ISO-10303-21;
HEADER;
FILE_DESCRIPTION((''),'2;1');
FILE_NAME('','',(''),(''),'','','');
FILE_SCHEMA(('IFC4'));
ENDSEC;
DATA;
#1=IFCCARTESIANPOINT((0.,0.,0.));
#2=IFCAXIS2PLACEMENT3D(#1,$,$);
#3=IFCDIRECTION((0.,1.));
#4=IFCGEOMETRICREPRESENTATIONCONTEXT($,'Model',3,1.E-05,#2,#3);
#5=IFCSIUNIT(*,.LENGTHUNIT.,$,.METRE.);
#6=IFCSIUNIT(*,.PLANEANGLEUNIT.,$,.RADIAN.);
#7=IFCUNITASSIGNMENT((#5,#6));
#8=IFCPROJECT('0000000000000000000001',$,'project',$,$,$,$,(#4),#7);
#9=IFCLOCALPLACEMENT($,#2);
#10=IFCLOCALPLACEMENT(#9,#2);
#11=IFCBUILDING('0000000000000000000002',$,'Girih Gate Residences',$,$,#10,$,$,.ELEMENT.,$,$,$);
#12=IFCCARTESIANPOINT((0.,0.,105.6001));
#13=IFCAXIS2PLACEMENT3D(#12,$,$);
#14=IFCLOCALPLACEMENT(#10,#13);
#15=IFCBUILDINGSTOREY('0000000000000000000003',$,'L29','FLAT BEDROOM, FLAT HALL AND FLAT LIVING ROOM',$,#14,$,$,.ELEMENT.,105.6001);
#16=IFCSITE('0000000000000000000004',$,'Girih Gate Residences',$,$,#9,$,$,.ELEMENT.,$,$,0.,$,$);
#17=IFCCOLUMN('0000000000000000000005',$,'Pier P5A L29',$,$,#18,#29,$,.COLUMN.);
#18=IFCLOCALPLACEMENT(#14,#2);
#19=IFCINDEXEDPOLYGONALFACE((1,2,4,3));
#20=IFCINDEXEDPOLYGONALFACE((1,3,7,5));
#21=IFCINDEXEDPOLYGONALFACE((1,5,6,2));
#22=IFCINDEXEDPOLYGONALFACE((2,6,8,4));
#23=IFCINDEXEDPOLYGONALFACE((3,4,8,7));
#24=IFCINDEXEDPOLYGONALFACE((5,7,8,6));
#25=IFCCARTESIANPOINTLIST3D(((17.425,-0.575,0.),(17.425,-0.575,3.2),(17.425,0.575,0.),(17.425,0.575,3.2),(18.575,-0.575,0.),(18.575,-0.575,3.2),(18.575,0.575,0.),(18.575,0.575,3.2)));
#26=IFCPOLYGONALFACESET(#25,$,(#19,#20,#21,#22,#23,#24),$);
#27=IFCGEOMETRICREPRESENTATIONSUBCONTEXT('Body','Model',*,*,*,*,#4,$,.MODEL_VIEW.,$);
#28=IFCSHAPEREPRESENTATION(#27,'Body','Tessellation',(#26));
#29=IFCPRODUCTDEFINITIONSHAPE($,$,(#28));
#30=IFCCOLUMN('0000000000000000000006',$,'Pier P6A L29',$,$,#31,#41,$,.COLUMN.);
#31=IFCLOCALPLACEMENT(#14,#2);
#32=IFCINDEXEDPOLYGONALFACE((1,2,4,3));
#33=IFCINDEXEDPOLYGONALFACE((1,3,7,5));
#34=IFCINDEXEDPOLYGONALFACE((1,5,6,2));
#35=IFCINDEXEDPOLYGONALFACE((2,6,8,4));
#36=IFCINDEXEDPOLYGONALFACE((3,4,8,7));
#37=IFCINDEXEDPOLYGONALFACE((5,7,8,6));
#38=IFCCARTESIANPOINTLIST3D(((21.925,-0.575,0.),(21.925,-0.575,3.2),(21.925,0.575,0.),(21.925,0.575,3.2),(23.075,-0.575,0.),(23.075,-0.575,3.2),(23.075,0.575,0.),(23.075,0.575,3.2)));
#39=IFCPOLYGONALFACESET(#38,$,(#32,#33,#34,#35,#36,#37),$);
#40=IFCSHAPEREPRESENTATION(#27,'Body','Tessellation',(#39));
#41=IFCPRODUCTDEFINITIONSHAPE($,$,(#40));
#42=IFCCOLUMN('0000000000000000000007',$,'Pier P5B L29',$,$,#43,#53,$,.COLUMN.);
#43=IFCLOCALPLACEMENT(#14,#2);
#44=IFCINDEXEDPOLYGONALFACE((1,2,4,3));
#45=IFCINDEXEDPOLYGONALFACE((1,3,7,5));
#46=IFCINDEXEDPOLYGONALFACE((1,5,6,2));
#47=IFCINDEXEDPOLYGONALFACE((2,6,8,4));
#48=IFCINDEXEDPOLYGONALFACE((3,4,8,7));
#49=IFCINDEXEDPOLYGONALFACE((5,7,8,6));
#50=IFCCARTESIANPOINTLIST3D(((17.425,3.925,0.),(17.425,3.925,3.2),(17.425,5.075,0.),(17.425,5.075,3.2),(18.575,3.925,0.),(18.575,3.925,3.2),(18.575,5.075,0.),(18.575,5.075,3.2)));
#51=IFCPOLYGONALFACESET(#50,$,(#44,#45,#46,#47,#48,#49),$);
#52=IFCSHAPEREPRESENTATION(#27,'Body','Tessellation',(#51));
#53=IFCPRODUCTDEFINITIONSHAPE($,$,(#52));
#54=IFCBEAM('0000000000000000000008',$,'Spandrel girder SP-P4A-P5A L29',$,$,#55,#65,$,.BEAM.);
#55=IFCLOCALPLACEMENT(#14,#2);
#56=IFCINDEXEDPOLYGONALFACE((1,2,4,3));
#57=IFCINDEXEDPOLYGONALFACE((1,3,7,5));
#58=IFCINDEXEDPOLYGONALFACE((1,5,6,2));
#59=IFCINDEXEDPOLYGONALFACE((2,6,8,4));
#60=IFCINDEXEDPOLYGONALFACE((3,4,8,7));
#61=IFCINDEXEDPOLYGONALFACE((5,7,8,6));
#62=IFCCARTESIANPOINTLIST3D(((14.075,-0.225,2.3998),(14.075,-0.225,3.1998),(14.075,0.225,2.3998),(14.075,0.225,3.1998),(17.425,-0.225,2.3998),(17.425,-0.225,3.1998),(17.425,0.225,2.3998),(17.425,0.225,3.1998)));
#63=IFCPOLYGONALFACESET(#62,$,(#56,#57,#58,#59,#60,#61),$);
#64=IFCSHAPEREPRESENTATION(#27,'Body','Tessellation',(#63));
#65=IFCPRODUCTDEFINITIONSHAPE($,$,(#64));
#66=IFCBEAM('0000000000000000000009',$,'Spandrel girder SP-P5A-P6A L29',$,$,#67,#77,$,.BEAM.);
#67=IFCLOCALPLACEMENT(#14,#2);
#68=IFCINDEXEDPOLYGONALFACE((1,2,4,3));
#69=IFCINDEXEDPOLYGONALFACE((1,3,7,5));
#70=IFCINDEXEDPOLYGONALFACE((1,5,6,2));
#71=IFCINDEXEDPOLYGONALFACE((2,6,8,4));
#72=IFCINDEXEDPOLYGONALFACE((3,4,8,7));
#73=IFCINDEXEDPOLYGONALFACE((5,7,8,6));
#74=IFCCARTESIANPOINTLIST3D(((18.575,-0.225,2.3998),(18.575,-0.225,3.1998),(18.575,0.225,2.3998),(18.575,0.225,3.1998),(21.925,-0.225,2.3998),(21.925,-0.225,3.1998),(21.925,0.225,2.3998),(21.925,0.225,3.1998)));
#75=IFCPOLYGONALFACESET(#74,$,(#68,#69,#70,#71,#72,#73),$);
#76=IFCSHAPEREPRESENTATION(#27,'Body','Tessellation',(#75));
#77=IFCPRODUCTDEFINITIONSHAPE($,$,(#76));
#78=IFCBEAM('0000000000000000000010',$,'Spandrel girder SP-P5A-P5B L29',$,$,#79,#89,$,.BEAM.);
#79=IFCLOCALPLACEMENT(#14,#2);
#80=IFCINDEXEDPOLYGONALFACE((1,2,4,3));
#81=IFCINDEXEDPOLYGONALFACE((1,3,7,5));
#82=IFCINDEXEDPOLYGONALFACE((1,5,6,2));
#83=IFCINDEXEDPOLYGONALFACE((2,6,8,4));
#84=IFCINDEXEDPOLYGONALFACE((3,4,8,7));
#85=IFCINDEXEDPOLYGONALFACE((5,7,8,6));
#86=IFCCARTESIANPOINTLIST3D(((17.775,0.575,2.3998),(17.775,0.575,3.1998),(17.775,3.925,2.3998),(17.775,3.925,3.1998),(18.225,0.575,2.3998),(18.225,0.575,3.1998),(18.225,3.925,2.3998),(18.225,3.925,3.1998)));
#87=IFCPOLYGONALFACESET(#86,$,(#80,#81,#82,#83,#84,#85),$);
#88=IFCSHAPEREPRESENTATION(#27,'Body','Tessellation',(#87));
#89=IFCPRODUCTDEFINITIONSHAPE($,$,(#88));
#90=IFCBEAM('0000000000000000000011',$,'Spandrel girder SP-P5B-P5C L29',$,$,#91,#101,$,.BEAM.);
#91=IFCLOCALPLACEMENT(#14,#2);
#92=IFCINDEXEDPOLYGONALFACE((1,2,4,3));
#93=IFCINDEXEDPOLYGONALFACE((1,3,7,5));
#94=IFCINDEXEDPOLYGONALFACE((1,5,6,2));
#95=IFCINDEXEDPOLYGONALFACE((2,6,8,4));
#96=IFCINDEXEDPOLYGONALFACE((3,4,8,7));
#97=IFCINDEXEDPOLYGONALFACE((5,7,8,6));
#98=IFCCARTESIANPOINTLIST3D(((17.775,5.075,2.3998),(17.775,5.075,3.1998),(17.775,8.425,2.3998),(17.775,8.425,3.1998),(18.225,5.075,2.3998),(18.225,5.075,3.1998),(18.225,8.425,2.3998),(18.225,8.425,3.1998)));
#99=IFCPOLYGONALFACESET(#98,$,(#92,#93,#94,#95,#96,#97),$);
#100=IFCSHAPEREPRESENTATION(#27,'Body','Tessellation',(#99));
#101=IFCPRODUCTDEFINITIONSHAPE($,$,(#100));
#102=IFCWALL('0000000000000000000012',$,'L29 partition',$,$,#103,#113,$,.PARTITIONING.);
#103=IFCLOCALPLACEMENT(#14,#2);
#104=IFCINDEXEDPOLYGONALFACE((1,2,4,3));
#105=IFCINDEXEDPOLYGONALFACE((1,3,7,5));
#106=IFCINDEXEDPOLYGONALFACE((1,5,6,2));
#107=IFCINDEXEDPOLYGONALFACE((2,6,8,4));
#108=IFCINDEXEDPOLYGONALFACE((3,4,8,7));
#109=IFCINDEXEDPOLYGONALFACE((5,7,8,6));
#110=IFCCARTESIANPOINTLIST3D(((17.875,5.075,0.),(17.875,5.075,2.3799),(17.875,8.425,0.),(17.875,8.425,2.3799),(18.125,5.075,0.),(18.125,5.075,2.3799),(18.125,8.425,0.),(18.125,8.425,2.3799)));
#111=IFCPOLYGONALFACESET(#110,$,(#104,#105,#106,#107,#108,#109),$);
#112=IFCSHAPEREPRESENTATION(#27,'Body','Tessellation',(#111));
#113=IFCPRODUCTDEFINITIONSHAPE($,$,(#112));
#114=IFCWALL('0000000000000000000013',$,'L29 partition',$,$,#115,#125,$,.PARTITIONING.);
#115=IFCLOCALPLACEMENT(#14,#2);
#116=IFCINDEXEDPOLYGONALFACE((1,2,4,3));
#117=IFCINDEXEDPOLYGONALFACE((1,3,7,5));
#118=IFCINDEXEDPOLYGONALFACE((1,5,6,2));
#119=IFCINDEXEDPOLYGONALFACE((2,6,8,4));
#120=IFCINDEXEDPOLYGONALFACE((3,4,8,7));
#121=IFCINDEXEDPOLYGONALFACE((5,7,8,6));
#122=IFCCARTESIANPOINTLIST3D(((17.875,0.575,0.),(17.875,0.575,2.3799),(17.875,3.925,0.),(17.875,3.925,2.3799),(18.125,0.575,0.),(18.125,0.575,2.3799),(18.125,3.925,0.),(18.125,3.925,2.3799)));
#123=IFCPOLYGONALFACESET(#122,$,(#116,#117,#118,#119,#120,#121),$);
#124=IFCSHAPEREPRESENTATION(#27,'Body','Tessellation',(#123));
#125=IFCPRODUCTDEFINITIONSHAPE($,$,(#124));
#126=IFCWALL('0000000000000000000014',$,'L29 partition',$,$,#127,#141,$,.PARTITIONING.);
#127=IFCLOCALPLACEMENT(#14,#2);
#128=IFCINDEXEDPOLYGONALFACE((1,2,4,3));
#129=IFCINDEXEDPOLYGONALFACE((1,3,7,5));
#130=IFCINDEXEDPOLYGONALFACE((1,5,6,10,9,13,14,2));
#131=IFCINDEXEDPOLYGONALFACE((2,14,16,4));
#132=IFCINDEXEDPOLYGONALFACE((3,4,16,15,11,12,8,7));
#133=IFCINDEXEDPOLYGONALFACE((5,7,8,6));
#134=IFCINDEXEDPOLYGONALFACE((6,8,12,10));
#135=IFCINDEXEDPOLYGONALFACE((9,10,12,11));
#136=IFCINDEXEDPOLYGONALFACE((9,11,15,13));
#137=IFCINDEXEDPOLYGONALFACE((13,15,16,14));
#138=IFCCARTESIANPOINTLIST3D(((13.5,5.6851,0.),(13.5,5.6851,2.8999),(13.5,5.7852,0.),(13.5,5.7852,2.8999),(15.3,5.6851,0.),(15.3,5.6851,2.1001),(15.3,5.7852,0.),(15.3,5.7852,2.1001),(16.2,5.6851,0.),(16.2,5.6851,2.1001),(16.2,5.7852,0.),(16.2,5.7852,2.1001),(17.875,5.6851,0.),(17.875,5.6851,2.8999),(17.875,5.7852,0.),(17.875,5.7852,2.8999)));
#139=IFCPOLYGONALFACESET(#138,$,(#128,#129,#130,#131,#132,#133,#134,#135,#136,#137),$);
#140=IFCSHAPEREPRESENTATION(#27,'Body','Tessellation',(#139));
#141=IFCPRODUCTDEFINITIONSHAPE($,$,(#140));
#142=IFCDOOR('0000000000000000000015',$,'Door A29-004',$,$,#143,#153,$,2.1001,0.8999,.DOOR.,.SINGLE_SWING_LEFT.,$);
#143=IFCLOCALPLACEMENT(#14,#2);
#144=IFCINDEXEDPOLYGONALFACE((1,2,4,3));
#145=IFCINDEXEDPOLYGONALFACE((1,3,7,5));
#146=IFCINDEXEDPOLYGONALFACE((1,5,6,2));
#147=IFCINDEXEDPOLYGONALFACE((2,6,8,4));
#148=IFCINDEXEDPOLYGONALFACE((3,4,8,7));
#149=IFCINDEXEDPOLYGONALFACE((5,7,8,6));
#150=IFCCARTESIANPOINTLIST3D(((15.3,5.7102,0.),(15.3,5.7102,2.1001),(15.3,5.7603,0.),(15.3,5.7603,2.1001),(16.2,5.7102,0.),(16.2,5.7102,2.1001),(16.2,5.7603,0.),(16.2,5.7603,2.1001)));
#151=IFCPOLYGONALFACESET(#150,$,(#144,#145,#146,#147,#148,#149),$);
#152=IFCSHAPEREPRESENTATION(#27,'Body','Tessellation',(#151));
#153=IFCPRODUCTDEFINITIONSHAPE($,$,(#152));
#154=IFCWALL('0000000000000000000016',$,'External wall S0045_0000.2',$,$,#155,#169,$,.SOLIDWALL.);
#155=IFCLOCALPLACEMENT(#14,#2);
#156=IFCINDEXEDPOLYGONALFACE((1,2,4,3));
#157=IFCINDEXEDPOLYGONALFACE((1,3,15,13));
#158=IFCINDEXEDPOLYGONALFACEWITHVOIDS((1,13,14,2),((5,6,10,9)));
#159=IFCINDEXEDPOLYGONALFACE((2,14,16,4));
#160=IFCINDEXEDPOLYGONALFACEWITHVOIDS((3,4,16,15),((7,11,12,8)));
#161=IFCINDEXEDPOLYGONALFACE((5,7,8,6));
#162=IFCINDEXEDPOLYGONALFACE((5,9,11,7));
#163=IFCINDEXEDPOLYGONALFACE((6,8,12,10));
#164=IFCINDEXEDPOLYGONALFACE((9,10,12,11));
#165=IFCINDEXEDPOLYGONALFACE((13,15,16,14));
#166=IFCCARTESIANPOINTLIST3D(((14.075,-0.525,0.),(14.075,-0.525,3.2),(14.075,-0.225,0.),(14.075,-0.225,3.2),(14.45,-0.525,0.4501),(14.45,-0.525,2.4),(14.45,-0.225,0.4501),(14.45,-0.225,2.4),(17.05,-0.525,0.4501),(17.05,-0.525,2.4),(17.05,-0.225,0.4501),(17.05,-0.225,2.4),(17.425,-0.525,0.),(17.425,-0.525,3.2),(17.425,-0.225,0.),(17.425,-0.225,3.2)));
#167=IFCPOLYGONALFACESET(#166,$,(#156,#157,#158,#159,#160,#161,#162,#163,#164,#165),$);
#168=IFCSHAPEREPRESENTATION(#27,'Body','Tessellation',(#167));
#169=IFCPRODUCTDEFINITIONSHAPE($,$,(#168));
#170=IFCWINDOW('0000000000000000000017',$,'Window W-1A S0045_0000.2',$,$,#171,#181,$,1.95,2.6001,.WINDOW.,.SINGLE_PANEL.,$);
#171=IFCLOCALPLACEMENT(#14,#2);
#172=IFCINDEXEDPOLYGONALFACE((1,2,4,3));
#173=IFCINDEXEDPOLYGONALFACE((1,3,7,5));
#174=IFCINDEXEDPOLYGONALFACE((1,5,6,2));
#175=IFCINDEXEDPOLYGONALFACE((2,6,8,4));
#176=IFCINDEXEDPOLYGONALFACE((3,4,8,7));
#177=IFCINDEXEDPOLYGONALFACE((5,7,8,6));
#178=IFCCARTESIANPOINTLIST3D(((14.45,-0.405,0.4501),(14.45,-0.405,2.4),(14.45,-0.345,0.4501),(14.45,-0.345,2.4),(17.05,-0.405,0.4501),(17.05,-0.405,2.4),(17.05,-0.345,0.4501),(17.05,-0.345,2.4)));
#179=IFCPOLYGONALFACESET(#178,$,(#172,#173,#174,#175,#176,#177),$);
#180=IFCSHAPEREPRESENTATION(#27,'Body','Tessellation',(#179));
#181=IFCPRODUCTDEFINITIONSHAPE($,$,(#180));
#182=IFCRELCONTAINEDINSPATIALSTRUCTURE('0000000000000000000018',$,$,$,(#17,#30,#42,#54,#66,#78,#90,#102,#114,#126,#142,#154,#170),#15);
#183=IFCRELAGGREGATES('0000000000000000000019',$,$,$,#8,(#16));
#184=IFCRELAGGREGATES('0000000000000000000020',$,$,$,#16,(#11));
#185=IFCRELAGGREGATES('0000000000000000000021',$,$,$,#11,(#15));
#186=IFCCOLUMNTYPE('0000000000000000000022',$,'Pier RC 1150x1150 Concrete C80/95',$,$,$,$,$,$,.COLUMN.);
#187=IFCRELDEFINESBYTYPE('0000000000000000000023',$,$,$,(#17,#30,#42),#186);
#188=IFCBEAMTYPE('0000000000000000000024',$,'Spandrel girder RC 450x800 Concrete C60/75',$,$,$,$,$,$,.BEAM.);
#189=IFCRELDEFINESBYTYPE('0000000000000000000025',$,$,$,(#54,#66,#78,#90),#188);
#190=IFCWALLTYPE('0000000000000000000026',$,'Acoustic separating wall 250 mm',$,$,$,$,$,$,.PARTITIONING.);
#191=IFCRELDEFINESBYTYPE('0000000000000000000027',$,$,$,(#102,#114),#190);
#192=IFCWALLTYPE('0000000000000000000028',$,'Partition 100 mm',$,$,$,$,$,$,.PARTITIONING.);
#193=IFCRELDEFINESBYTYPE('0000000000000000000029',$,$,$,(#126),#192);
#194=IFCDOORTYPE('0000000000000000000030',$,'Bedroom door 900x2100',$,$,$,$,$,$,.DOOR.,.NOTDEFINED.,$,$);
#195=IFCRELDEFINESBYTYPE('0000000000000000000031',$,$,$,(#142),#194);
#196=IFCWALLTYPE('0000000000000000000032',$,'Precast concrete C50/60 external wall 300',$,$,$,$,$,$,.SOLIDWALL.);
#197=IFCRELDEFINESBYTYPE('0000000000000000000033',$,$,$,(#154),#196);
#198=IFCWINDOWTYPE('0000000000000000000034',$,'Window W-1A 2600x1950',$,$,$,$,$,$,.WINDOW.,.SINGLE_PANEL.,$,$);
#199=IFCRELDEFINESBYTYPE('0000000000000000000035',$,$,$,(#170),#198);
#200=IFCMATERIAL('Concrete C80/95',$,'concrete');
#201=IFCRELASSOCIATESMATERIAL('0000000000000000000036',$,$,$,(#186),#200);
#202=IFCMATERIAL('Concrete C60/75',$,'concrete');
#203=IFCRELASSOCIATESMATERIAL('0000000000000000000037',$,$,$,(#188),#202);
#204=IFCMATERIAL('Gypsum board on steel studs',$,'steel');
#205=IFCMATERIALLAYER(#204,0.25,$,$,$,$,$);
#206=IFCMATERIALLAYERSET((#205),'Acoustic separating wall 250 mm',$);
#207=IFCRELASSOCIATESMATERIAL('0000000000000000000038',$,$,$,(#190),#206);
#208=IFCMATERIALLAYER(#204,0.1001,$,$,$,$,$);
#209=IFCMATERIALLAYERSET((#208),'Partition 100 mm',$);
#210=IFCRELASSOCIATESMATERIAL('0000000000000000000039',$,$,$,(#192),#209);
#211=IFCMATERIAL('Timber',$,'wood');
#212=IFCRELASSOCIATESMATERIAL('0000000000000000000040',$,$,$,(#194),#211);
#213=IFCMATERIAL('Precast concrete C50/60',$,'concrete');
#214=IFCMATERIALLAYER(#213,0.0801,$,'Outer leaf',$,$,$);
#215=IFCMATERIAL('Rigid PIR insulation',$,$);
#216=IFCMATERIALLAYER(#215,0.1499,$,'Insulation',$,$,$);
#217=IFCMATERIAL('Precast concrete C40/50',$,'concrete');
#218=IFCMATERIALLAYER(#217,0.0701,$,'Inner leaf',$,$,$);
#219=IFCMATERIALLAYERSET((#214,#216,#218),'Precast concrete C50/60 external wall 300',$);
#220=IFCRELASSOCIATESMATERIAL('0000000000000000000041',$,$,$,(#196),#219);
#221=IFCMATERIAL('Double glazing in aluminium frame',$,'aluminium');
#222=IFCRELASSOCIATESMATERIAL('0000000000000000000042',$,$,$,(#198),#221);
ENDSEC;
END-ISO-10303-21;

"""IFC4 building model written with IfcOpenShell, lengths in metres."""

from ifc_helpers import new_model, si_unit, direction, frame, frame_2d, origin, origin_2d, place, context, subcontext, project, spatial, rectangle, extrude, material, layer, layer_set, material_profile, profile_set, type_object, element, fill, save


model = new_model("IFC4")

# Units and contexts
model_context = context("Model", 3, precision=1e-05, world=origin(), true_north=direction((0.0, 1.0)))
body_context = subcontext(model_context, "Body", "Model", "MODEL_VIEW")
ifc_project = project(units=[si_unit("LENGTHUNIT", "METRE"), si_unit("PLANEANGLEUNIT", "RADIAN")], contexts=[model_context])

# Site, building, storey
site_placement = place(None, origin())
site = spatial("IfcSite", under=ifc_project, at=site_placement, Name="Girih Gate Residences", CompositionType="ELEMENT", RefElevation=0.0)
building_placement = place(site_placement, origin())
building = spatial("IfcBuilding", under=site, at=building_placement, Name="Girih Gate Residences", CompositionType="ELEMENT")
storey_placement = place(building_placement, frame((0.0, 0.0, 105.6001)))
storey = spatial("IfcBuildingStorey", under=building, at=storey_placement, Name="L29", Description="FLAT BEDROOM, FLAT HALL AND FLAT LIVING ROOM", CompositionType="ELEMENT", Elevation=105.6001)

# Columns
ifc_material_1 = material(Name="Concrete C80/95", Category="concrete")
ifc_material_profile_1 = material_profile(ifc_material_1, rectangle(XDim=1.1499, YDim=1.1499, at=origin_2d()))
ifc_profile_set_1 = profile_set([ifc_material_profile_1], Name="Concrete C80/95")
column_type = type_object("IfcColumnType", Name="Pier RC 1150x1150 Concrete C80/95", PredefinedType="COLUMN", material=ifc_profile_set_1)
for number, where, z_axis, x_axis, name in (
    (1, (18.0, 0.0, 0.0), (0.0, 0.0, 1.0), (1.0, 0.0, 0.0), "Pier P5A L29"),
    (2, (22.5, 0.0, 0.0), (0.0, 0.0, 1.0), (1.0, 0.0, 0.0), "Pier P6A L29"),
    (3, (18.0, 4.5, 0.0), (0.0, 0.0, 1.0), (1.0, 0.0, 0.0), "Pier P5B L29"),
):
    element("IfcColumn", number, at=place(storey_placement, frame(where, z_axis=z_axis, x_axis=x_axis)), inside=storey, type_object=column_type, Name=name, PredefinedType="COLUMN", context=body_context, shape_type="SweptSolid", body=[
        extrude(rectangle(XDim=1.1499, YDim=1.1499, at=origin_2d()), origin(), (0.0, 0.0, 1.0), 3.2),
    ])

# Beams
ifc_material_2 = material(Name="Concrete C60/75", Category="concrete")
ifc_material_profile_2 = material_profile(ifc_material_2, rectangle(XDim=0.45, YDim=0.8, at=origin_2d()))
ifc_profile_set_2 = profile_set([ifc_material_profile_2], Name="Concrete C60/75")
beam_type = type_object("IfcBeamType", Name="Spandrel girder RC 450x800 Concrete C60/75", PredefinedType="BEAM", material=ifc_profile_set_2)
for number, where, z_axis, x_axis, name in (
    (4, (14.075, 0.0, 2.7998), (1.0, 0.0, 0.0), (0.0, 1.0, 0.0), "Spandrel girder SP-P4A-P5A L29"),
    (5, (18.575, 0.0, 2.7998), (1.0, 0.0, 0.0), (0.0, 1.0, 0.0), "Spandrel girder SP-P5A-P6A L29"),
    (6, (18.0, 0.575, 2.7998), (0.0, 1.0, 0.0), (-1.0, 0.0, 0.0), "Spandrel girder SP-P5A-P5B L29"),
    (7, (18.0, 5.075, 2.7998), (0.0, 1.0, 0.0), (-1.0, 0.0, 0.0), "Spandrel girder SP-P5B-P5C L29"),
):
    element("IfcBeam", number, at=place(storey_placement, frame(where, z_axis=z_axis, x_axis=x_axis)), inside=storey, type_object=beam_type, Name=name, PredefinedType="BEAM", context=body_context, shape_type="SweptSolid", body=[
        extrude(rectangle(XDim=0.45, YDim=0.8, at=origin_2d()), origin(), (0.0, 0.0, 1.0), 3.3501),
    ])

# Walls
ifc_material_3 = material(Name="Gypsum board on steel studs", Category="steel")
ifc_layer_1 = layer(ifc_material_3, 0.25)
ifc_layer_set_1 = layer_set([ifc_layer_1], Name="Acoustic separating wall 250 mm")
wall_type_1 = type_object("IfcWallType", Name="Acoustic separating wall 250 mm", PredefinedType="PARTITIONING", material=ifc_layer_set_1)
for number, where, z_axis, x_axis, name in (
    (8, (18.0, 5.075, 0.0), (0.0, 0.0, 1.0), (0.0, 1.0, 0.0), "L29 partition"),
    (9, (18.0, 0.575, 0.0), (0.0, 0.0, 1.0), (0.0, 1.0, 0.0), "L29 partition"),
):
    element("IfcWall", number, at=place(storey_placement, frame(where, z_axis=z_axis, x_axis=x_axis)), inside=storey, type_object=wall_type_1, Name=name, PredefinedType="PARTITIONING", context=body_context, shape_type="SweptSolid", body=[
        extrude(rectangle(XDim=3.3501, YDim=0.25, at=frame_2d((1.675, 0.0))), origin(), (0.0, 0.0, 1.0), 2.3799),
    ])

# Wall, opening, door
ifc_layer_2 = layer(ifc_material_3, 0.1001)
ifc_layer_set_2 = layer_set([ifc_layer_2], Name="Partition 100 mm")
wall_type_2 = type_object("IfcWallType", Name="Partition 100 mm", PredefinedType="PARTITIONING", material=ifc_layer_set_2)
wall_1_placement = place(storey_placement, frame((17.875, 5.7351, 0.0), z_axis=(0.0, 0.0, 1.0), x_axis=(-1.0, 0.0, 0.0)))
wall_1 = element("IfcWall", 10, at=wall_1_placement, inside=storey, type_object=wall_type_2, Name="L29 partition", PredefinedType="PARTITIONING", context=body_context, shape_type="SweptSolid", body=[
    extrude(rectangle(XDim=4.375, YDim=0.1001, at=frame_2d((2.1875, 0.0))), origin(), (0.0, 0.0, 1.0), 2.8999),
])
opening_1_placement = place(wall_1_placement, frame((1.675, 0.0, 0.0)))
opening_1 = element("IfcOpeningElement", 11, at=opening_1_placement, cuts=wall_1, PredefinedType="OPENING", context=body_context, shape_type="SweptSolid", body=[
    extrude(rectangle(XDim=0.8999, YDim=2.1001, at=frame_2d((0.45, 1.05))), frame((0.0, 0.0601, 0.0), z_axis=(0.0, -1.0, 0.0), x_axis=(1.0, 0.0, 0.0)), (0.0, 0.0, 1.0), 0.1201),
])
ifc_material_4 = material(Name="Timber", Category="wood")
door_type = type_object("IfcDoorType", Name="Bedroom door 900x2100", OperationType="NOTDEFINED", PredefinedType="DOOR", material=ifc_material_4)
door_placement = place(opening_1_placement, origin())
door = element("IfcDoor", 12, at=door_placement, inside=storey, type_object=door_type, Name="Door A29-004", OperationType="SINGLE_SWING_LEFT", OverallHeight=2.1001, OverallWidth=0.8999, PredefinedType="DOOR", context=body_context, shape_type="SweptSolid", body=[
    extrude(rectangle(XDim=0.8999, YDim=2.1001, at=frame_2d((0.45, 1.05))), frame((0.0, 0.0249, 0.0), z_axis=(0.0, -1.0, 0.0), x_axis=(1.0, 0.0, 0.0)), (0.0, 0.0, 1.0), 0.05),
])
fill(opening_1, door)

# Wall, opening, window
ifc_material_5 = material(Name="Precast concrete C50/60", Category="concrete")
ifc_layer_3 = layer(ifc_material_5, 0.0801, Name="Outer leaf")
ifc_material_6 = material(Name="Rigid PIR insulation")
ifc_layer_4 = layer(ifc_material_6, 0.1499, Name="Insulation")
ifc_material_7 = material(Name="Precast concrete C40/50", Category="concrete")
ifc_layer_5 = layer(ifc_material_7, 0.0701, Name="Inner leaf")
ifc_layer_set_3 = layer_set([ifc_layer_3, ifc_layer_4, ifc_layer_5], Name="Precast concrete C50/60 external wall 300")
wall_type_3 = type_object("IfcWallType", Name="Precast concrete C50/60 external wall 300", PredefinedType="SOLIDWALL", material=ifc_layer_set_3)
wall_2_placement = place(storey_placement, frame((17.425, -0.375, 0.0), z_axis=(0.0, 0.0, 1.0), x_axis=(-1.0, 0.0, 0.0)))
wall_2 = element("IfcWall", 13, at=wall_2_placement, inside=storey, type_object=wall_type_3, Name="External wall S0045_0000.2", PredefinedType="SOLIDWALL", context=body_context, shape_type="SweptSolid", body=[
    extrude(rectangle(XDim=3.3501, YDim=0.3, at=frame_2d((1.675, 0.0))), origin(), (0.0, 0.0, 1.0), 3.2),
])
opening_2_placement = place(wall_2_placement, frame((0.375, 0.0, 0.45)))
opening_2 = element("IfcOpeningElement", 14, at=opening_2_placement, cuts=wall_2, PredefinedType="OPENING", context=body_context, shape_type="SweptSolid", body=[
    extrude(rectangle(XDim=2.6001, YDim=1.95, at=frame_2d((1.3, 0.9751))), frame((0.0, 0.1599, 0.0), z_axis=(0.0, -1.0, 0.0), x_axis=(1.0, 0.0, 0.0)), (0.0, 0.0, 1.0), 0.3201),
])
ifc_material_8 = material(Name="Double glazing in aluminium frame", Category="aluminium")
window_type = type_object("IfcWindowType", Name="Window W-1A 2600x1950", PartitioningType="SINGLE_PANEL", PredefinedType="WINDOW", material=ifc_material_8)
window_1_placement = place(opening_2_placement, origin())
window_1 = element("IfcWindow", 15, at=window_1_placement, inside=storey, type_object=window_type, Name="Window W-1A S0045_0000.2", OverallHeight=1.95, OverallWidth=2.6001, PartitioningType="SINGLE_PANEL", PredefinedType="WINDOW", context=body_context, shape_type="SweptSolid", body=[
    extrude(rectangle(XDim=2.6001, YDim=1.95, at=frame_2d((1.3, 0.9751))), frame((0.0, 0.03, 0.0), z_axis=(0.0, -1.0, 0.0), x_axis=(1.0, 0.0, 0.0)), (0.0, 0.0, 1.0), 0.0601),
])
fill(opening_2, window_1)

save(model, "model.ifc")
